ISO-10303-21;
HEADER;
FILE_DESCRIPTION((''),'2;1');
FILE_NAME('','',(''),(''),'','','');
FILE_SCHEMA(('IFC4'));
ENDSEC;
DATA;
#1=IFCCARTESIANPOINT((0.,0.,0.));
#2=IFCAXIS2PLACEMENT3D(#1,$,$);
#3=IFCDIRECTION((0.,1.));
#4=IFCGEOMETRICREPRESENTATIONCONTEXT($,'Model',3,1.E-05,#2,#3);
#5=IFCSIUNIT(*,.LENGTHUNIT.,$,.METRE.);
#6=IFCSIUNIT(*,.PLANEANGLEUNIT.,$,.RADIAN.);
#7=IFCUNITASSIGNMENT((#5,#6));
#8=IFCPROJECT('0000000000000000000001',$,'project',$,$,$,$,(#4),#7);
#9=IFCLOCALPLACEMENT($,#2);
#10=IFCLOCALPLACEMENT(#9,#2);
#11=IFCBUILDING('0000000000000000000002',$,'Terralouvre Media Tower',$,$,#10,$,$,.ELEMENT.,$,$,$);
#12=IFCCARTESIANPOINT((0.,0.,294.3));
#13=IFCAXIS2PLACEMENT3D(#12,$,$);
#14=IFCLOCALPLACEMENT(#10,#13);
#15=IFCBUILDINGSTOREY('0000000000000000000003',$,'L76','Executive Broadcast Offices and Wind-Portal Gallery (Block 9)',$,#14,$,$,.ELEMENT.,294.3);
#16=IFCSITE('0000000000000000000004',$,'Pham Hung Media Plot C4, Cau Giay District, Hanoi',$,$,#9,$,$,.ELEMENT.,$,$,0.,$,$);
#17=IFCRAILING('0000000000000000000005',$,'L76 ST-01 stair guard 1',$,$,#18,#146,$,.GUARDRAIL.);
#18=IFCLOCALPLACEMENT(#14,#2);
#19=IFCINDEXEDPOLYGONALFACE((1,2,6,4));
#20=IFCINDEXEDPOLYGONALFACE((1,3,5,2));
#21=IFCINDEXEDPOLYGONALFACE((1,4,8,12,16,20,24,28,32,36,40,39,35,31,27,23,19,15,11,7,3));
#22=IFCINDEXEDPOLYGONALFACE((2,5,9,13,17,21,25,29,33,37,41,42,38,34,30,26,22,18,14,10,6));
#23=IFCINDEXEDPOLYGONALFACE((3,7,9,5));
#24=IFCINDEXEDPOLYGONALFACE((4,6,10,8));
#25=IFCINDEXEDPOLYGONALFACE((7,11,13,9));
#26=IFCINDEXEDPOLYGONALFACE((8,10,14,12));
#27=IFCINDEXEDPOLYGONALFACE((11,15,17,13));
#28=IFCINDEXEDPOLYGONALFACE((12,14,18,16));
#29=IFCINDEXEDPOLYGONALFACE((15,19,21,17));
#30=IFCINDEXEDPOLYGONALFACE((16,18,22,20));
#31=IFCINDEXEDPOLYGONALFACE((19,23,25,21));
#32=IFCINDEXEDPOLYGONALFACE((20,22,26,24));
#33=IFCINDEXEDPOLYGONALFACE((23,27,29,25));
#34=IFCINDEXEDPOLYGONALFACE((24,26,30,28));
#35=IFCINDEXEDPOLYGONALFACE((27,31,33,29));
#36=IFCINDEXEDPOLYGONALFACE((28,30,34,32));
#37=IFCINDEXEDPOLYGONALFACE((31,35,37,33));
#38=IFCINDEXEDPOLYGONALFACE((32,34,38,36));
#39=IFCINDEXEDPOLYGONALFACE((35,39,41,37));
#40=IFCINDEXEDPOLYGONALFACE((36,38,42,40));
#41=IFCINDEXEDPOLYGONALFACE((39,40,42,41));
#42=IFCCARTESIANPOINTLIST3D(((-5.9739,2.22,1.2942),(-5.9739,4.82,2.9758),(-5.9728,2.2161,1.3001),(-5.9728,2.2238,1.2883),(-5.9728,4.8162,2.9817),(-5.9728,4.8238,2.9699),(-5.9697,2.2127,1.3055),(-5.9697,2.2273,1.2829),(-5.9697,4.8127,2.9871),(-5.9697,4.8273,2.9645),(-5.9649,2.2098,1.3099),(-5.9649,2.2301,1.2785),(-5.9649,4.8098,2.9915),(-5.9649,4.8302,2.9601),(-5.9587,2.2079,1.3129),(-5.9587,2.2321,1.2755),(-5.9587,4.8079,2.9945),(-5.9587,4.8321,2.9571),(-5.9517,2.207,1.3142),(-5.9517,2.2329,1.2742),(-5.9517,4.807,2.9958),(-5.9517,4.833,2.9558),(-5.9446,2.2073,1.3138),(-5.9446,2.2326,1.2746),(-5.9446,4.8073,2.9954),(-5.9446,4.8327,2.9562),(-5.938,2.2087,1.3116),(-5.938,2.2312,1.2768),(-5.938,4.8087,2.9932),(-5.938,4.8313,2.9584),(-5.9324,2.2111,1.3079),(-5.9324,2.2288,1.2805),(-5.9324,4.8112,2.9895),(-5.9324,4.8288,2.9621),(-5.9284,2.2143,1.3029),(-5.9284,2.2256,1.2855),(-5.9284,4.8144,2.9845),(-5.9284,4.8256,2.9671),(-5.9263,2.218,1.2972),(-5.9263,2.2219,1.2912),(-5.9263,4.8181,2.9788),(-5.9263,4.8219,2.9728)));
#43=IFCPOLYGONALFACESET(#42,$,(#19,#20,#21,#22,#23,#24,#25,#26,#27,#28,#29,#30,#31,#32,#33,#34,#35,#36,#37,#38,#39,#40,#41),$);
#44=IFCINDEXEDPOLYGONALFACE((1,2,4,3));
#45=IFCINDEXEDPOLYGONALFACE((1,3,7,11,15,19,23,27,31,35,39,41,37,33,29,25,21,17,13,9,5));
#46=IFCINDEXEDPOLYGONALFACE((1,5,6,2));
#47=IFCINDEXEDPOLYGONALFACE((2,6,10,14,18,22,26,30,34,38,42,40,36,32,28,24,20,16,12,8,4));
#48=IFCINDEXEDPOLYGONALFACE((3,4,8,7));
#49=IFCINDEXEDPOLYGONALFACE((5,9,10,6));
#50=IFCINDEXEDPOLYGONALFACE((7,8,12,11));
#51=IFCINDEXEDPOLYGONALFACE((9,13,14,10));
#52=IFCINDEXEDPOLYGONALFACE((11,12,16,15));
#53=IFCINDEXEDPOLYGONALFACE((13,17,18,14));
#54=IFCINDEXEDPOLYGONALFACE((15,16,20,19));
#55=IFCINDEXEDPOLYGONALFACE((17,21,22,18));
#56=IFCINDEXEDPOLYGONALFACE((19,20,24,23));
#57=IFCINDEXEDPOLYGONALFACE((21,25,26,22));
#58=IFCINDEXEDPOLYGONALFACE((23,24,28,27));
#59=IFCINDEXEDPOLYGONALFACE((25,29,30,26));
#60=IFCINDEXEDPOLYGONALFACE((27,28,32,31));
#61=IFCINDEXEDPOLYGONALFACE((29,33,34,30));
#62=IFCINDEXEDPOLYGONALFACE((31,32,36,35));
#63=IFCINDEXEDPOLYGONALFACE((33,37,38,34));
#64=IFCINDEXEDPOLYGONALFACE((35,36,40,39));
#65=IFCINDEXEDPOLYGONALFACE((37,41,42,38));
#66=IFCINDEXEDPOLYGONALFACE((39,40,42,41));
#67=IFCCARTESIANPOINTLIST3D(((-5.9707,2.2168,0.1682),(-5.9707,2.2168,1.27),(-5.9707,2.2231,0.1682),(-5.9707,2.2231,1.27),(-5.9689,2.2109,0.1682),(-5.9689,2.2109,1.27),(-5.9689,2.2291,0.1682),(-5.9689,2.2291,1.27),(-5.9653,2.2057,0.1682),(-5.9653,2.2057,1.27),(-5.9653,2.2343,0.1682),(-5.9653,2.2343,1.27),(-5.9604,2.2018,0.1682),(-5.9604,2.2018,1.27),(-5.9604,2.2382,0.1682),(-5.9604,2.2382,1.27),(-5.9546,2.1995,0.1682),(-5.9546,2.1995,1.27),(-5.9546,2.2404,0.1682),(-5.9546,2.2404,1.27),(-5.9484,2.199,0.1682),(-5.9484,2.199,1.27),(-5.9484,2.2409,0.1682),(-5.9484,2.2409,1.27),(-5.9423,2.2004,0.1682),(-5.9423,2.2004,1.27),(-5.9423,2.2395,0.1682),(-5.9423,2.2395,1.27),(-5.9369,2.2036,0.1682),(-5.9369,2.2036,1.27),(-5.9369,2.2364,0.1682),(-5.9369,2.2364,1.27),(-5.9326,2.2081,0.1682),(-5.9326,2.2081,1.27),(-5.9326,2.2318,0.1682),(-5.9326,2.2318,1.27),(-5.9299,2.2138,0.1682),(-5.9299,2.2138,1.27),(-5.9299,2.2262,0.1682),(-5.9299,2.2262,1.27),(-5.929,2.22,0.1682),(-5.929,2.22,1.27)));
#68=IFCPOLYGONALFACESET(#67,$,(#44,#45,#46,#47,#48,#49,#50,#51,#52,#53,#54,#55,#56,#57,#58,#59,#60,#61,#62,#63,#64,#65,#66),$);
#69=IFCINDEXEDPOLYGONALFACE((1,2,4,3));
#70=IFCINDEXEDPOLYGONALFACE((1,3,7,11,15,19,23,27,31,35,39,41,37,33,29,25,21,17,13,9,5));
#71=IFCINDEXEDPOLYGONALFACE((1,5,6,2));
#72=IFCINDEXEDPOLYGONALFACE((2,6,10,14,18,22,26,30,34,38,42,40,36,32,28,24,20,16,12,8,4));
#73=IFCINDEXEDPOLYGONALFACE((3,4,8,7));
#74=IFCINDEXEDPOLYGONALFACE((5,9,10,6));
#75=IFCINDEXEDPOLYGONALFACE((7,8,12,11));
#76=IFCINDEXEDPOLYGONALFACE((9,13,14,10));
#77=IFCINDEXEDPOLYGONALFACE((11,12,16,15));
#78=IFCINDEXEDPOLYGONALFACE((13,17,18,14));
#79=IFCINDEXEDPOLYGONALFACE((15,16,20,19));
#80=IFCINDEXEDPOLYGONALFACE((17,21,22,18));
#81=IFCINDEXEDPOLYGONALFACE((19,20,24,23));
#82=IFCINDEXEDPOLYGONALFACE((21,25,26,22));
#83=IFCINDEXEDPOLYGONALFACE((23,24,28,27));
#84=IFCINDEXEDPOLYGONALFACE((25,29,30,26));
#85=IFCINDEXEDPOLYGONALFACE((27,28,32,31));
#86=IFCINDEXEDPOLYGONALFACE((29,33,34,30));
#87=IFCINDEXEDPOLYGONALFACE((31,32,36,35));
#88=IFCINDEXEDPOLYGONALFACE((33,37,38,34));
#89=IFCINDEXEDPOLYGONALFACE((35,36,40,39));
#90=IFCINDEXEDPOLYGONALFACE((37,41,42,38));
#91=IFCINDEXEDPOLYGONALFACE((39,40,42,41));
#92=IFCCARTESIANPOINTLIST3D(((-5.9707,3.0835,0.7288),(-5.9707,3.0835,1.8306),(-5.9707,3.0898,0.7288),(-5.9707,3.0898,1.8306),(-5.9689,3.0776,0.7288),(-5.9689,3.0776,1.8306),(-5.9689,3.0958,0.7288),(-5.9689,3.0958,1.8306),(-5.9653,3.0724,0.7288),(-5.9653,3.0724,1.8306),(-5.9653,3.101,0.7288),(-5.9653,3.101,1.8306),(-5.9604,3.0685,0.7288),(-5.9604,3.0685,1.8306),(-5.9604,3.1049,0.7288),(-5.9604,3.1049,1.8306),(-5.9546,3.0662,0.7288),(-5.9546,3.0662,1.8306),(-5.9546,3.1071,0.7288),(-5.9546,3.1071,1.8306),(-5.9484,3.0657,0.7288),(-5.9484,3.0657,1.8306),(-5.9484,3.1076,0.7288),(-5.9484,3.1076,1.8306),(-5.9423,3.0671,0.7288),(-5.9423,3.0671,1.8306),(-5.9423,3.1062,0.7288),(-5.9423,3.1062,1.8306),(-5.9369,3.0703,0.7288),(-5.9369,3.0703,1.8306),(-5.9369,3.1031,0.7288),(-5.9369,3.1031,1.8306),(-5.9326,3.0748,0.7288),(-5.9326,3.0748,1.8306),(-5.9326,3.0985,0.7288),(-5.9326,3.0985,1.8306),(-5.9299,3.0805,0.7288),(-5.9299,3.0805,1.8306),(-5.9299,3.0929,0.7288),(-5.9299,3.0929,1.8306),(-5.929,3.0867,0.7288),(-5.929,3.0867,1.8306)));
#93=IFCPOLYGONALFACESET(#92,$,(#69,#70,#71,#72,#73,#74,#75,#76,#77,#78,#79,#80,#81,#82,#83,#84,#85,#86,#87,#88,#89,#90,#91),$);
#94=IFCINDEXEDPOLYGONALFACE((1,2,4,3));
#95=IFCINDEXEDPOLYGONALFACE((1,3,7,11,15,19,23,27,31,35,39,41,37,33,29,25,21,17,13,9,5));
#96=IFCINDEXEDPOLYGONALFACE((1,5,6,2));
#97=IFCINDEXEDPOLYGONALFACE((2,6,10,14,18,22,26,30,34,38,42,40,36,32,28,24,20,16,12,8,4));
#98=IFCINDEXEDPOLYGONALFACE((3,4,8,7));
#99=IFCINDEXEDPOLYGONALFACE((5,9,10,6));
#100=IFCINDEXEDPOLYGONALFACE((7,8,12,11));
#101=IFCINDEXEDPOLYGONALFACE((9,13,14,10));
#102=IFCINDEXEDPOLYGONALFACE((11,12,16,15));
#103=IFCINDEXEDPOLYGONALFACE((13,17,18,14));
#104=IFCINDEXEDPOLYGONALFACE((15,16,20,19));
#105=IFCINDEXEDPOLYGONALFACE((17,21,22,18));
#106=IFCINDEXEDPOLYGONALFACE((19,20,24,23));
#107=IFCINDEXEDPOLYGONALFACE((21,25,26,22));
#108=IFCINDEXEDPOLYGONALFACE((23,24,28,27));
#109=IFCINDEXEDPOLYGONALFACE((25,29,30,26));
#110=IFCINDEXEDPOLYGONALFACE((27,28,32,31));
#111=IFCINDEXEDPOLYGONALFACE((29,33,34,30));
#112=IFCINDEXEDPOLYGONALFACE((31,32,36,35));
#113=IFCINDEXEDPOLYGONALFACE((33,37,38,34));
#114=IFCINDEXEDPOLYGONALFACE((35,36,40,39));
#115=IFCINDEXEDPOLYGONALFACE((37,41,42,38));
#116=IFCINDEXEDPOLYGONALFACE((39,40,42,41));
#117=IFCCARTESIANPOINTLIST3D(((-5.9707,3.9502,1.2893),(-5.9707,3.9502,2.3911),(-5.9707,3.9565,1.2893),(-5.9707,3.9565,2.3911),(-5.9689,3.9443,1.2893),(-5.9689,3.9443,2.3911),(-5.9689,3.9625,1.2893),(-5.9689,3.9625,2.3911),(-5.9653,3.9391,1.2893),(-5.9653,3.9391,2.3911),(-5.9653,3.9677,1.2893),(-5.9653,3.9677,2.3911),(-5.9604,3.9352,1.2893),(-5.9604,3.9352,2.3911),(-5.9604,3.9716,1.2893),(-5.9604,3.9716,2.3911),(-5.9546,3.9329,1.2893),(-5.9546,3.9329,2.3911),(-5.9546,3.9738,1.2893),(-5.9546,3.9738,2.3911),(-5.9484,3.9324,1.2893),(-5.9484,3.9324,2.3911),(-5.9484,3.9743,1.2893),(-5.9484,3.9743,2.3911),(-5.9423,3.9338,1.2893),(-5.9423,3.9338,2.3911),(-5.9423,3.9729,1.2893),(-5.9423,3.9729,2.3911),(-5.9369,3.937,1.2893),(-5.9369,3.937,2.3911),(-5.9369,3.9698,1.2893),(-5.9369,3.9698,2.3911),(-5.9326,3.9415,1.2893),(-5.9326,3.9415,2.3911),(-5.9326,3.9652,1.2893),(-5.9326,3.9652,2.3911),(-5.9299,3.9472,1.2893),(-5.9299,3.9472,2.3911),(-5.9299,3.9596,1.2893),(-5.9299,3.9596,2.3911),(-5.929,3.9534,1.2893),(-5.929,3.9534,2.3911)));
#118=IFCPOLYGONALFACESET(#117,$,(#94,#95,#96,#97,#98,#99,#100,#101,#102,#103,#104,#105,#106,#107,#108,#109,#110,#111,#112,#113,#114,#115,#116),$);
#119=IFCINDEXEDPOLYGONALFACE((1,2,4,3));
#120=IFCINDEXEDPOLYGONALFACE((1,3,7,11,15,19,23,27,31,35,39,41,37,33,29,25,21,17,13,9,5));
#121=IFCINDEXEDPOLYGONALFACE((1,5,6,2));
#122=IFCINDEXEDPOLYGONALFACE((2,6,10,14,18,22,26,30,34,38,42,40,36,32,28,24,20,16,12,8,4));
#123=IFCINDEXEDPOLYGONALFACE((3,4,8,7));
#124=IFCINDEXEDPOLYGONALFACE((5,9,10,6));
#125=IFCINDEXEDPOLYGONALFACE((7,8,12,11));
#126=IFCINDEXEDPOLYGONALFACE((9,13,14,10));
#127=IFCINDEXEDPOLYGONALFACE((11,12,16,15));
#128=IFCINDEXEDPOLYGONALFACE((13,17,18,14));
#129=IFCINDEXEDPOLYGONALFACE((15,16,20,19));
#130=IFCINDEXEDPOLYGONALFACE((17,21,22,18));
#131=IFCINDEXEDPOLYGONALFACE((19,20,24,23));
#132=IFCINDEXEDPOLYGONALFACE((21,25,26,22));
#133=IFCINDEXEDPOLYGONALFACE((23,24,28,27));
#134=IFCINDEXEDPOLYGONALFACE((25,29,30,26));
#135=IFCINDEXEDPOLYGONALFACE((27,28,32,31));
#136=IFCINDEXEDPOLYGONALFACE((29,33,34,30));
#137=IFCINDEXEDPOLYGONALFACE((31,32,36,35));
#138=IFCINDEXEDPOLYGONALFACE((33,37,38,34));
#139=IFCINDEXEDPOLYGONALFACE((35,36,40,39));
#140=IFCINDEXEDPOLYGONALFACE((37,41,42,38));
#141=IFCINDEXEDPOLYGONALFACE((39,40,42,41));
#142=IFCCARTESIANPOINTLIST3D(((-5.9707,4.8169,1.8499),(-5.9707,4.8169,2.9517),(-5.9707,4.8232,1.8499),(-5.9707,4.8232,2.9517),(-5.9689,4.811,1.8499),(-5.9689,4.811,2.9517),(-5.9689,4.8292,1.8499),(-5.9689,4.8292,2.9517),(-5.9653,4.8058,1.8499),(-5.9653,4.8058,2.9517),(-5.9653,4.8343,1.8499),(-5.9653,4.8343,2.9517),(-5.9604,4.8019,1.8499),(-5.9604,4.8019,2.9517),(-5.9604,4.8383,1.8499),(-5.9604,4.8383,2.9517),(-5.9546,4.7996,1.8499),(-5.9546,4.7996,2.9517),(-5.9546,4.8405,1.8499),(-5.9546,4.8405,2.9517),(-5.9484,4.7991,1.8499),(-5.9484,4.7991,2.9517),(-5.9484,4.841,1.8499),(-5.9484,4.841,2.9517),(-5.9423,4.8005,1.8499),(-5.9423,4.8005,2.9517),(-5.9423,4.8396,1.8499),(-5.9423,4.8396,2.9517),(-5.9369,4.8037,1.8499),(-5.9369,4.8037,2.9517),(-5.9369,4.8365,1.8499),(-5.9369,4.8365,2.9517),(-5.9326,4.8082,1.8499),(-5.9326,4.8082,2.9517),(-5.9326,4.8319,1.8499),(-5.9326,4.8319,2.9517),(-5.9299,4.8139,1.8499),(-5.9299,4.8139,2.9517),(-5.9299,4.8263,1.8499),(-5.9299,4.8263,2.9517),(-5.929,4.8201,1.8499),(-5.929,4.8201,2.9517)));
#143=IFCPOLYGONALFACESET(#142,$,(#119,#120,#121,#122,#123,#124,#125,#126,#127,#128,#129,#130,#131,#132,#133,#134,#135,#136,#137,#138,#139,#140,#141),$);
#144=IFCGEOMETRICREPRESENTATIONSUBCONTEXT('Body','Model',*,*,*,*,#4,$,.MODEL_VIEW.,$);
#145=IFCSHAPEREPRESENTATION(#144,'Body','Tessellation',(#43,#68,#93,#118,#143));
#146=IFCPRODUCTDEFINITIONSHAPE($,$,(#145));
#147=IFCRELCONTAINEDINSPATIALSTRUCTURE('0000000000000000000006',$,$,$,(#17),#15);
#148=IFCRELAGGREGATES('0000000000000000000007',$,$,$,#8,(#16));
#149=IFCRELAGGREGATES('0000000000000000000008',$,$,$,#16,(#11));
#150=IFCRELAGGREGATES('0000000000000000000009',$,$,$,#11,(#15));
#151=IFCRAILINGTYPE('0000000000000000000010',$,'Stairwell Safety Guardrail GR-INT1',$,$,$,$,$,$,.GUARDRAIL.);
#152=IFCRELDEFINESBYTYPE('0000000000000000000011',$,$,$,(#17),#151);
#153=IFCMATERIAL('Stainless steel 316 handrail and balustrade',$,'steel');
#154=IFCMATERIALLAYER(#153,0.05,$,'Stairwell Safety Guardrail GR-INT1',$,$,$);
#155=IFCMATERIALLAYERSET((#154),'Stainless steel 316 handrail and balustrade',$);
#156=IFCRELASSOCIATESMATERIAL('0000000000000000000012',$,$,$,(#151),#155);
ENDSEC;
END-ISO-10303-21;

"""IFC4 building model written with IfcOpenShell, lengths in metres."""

from ifc_helpers import new_model, si_unit, direction, frame, origin, origin_2d, place, context, subcontext, project, spatial, circle, extrude, material, layer, layer_set, type_object, element, save


model = new_model("IFC4")

# Units and contexts
model_context = context("Model", 3, precision=1e-05, world=origin(), true_north=direction((0.0, 1.0)))
body_context = subcontext(model_context, "Body", "Model", "MODEL_VIEW")
ifc_project = project(units=[si_unit("LENGTHUNIT", "METRE"), si_unit("PLANEANGLEUNIT", "RADIAN")], contexts=[model_context])

# Site, building, storey
site_placement = place(None, origin())
site = spatial("IfcSite", under=ifc_project, at=site_placement, Name="Pham Hung Media Plot C4, Cau Giay District, Hanoi", CompositionType="ELEMENT", RefElevation=0.0)
building_placement = place(site_placement, origin())
building = spatial("IfcBuilding", under=site, at=building_placement, Name="Terralouvre Media Tower", CompositionType="ELEMENT")
storey_placement = place(building_placement, frame((0.0, 0.0, 294.3)))
storey = spatial("IfcBuildingStorey", under=building, at=storey_placement, Name="L76", Description="Executive Broadcast Offices and Wind-Portal Gallery (Block 9)", CompositionType="ELEMENT", Elevation=294.3)

# Railing
ifc_material_1 = material(Name="Stainless steel 316 handrail and balustrade", Category="steel")
ifc_layer_1 = layer(ifc_material_1, 0.05, Name="Stairwell Safety Guardrail GR-INT1")
ifc_layer_set_1 = layer_set([ifc_layer_1], Name="Stainless steel 316 handrail and balustrade")
railing_type_1 = type_object("IfcRailingType", Name="Stairwell Safety Guardrail GR-INT1", PredefinedType="GUARDRAIL", material=ifc_layer_set_1)
railing_1_placement = place(storey_placement, frame((-5.95, 2.22, 0.1682)))
element("IfcRailing", 1, at=railing_1_placement, inside=storey, type_object=railing_type_1, Name="L76 ST-01 stair guard 1", PredefinedType="GUARDRAIL", context=body_context, shape_type="SweptSolid", body=[
    extrude(circle(Radius=0.0239, at=origin_2d()), frame((0.0, 0.0, 1.126), z_axis=(0.0, 0.839684, 0.543075), x_axis=(-1.0, 0.0, 0.0)), (0.0, 0.0, 1.0), 3.0964),
    extrude(circle(Radius=0.021, at=origin_2d()), origin(), (0.0, 0.0, 1.0), 1.1018),
    extrude(circle(Radius=0.021, at=origin_2d()), frame((0.0, 0.8667, 0.5605)), (0.0, 0.0, 1.0), 1.1018),
    extrude(circle(Radius=0.021, at=origin_2d()), frame((0.0, 1.7334, 1.1211)), (0.0, 0.0, 1.0), 1.1018),
    extrude(circle(Radius=0.021, at=origin_2d()), frame((0.0, 2.6001, 1.6816)), (0.0, 0.0, 1.0), 1.1018),
])

save(model, "model.ifc")
